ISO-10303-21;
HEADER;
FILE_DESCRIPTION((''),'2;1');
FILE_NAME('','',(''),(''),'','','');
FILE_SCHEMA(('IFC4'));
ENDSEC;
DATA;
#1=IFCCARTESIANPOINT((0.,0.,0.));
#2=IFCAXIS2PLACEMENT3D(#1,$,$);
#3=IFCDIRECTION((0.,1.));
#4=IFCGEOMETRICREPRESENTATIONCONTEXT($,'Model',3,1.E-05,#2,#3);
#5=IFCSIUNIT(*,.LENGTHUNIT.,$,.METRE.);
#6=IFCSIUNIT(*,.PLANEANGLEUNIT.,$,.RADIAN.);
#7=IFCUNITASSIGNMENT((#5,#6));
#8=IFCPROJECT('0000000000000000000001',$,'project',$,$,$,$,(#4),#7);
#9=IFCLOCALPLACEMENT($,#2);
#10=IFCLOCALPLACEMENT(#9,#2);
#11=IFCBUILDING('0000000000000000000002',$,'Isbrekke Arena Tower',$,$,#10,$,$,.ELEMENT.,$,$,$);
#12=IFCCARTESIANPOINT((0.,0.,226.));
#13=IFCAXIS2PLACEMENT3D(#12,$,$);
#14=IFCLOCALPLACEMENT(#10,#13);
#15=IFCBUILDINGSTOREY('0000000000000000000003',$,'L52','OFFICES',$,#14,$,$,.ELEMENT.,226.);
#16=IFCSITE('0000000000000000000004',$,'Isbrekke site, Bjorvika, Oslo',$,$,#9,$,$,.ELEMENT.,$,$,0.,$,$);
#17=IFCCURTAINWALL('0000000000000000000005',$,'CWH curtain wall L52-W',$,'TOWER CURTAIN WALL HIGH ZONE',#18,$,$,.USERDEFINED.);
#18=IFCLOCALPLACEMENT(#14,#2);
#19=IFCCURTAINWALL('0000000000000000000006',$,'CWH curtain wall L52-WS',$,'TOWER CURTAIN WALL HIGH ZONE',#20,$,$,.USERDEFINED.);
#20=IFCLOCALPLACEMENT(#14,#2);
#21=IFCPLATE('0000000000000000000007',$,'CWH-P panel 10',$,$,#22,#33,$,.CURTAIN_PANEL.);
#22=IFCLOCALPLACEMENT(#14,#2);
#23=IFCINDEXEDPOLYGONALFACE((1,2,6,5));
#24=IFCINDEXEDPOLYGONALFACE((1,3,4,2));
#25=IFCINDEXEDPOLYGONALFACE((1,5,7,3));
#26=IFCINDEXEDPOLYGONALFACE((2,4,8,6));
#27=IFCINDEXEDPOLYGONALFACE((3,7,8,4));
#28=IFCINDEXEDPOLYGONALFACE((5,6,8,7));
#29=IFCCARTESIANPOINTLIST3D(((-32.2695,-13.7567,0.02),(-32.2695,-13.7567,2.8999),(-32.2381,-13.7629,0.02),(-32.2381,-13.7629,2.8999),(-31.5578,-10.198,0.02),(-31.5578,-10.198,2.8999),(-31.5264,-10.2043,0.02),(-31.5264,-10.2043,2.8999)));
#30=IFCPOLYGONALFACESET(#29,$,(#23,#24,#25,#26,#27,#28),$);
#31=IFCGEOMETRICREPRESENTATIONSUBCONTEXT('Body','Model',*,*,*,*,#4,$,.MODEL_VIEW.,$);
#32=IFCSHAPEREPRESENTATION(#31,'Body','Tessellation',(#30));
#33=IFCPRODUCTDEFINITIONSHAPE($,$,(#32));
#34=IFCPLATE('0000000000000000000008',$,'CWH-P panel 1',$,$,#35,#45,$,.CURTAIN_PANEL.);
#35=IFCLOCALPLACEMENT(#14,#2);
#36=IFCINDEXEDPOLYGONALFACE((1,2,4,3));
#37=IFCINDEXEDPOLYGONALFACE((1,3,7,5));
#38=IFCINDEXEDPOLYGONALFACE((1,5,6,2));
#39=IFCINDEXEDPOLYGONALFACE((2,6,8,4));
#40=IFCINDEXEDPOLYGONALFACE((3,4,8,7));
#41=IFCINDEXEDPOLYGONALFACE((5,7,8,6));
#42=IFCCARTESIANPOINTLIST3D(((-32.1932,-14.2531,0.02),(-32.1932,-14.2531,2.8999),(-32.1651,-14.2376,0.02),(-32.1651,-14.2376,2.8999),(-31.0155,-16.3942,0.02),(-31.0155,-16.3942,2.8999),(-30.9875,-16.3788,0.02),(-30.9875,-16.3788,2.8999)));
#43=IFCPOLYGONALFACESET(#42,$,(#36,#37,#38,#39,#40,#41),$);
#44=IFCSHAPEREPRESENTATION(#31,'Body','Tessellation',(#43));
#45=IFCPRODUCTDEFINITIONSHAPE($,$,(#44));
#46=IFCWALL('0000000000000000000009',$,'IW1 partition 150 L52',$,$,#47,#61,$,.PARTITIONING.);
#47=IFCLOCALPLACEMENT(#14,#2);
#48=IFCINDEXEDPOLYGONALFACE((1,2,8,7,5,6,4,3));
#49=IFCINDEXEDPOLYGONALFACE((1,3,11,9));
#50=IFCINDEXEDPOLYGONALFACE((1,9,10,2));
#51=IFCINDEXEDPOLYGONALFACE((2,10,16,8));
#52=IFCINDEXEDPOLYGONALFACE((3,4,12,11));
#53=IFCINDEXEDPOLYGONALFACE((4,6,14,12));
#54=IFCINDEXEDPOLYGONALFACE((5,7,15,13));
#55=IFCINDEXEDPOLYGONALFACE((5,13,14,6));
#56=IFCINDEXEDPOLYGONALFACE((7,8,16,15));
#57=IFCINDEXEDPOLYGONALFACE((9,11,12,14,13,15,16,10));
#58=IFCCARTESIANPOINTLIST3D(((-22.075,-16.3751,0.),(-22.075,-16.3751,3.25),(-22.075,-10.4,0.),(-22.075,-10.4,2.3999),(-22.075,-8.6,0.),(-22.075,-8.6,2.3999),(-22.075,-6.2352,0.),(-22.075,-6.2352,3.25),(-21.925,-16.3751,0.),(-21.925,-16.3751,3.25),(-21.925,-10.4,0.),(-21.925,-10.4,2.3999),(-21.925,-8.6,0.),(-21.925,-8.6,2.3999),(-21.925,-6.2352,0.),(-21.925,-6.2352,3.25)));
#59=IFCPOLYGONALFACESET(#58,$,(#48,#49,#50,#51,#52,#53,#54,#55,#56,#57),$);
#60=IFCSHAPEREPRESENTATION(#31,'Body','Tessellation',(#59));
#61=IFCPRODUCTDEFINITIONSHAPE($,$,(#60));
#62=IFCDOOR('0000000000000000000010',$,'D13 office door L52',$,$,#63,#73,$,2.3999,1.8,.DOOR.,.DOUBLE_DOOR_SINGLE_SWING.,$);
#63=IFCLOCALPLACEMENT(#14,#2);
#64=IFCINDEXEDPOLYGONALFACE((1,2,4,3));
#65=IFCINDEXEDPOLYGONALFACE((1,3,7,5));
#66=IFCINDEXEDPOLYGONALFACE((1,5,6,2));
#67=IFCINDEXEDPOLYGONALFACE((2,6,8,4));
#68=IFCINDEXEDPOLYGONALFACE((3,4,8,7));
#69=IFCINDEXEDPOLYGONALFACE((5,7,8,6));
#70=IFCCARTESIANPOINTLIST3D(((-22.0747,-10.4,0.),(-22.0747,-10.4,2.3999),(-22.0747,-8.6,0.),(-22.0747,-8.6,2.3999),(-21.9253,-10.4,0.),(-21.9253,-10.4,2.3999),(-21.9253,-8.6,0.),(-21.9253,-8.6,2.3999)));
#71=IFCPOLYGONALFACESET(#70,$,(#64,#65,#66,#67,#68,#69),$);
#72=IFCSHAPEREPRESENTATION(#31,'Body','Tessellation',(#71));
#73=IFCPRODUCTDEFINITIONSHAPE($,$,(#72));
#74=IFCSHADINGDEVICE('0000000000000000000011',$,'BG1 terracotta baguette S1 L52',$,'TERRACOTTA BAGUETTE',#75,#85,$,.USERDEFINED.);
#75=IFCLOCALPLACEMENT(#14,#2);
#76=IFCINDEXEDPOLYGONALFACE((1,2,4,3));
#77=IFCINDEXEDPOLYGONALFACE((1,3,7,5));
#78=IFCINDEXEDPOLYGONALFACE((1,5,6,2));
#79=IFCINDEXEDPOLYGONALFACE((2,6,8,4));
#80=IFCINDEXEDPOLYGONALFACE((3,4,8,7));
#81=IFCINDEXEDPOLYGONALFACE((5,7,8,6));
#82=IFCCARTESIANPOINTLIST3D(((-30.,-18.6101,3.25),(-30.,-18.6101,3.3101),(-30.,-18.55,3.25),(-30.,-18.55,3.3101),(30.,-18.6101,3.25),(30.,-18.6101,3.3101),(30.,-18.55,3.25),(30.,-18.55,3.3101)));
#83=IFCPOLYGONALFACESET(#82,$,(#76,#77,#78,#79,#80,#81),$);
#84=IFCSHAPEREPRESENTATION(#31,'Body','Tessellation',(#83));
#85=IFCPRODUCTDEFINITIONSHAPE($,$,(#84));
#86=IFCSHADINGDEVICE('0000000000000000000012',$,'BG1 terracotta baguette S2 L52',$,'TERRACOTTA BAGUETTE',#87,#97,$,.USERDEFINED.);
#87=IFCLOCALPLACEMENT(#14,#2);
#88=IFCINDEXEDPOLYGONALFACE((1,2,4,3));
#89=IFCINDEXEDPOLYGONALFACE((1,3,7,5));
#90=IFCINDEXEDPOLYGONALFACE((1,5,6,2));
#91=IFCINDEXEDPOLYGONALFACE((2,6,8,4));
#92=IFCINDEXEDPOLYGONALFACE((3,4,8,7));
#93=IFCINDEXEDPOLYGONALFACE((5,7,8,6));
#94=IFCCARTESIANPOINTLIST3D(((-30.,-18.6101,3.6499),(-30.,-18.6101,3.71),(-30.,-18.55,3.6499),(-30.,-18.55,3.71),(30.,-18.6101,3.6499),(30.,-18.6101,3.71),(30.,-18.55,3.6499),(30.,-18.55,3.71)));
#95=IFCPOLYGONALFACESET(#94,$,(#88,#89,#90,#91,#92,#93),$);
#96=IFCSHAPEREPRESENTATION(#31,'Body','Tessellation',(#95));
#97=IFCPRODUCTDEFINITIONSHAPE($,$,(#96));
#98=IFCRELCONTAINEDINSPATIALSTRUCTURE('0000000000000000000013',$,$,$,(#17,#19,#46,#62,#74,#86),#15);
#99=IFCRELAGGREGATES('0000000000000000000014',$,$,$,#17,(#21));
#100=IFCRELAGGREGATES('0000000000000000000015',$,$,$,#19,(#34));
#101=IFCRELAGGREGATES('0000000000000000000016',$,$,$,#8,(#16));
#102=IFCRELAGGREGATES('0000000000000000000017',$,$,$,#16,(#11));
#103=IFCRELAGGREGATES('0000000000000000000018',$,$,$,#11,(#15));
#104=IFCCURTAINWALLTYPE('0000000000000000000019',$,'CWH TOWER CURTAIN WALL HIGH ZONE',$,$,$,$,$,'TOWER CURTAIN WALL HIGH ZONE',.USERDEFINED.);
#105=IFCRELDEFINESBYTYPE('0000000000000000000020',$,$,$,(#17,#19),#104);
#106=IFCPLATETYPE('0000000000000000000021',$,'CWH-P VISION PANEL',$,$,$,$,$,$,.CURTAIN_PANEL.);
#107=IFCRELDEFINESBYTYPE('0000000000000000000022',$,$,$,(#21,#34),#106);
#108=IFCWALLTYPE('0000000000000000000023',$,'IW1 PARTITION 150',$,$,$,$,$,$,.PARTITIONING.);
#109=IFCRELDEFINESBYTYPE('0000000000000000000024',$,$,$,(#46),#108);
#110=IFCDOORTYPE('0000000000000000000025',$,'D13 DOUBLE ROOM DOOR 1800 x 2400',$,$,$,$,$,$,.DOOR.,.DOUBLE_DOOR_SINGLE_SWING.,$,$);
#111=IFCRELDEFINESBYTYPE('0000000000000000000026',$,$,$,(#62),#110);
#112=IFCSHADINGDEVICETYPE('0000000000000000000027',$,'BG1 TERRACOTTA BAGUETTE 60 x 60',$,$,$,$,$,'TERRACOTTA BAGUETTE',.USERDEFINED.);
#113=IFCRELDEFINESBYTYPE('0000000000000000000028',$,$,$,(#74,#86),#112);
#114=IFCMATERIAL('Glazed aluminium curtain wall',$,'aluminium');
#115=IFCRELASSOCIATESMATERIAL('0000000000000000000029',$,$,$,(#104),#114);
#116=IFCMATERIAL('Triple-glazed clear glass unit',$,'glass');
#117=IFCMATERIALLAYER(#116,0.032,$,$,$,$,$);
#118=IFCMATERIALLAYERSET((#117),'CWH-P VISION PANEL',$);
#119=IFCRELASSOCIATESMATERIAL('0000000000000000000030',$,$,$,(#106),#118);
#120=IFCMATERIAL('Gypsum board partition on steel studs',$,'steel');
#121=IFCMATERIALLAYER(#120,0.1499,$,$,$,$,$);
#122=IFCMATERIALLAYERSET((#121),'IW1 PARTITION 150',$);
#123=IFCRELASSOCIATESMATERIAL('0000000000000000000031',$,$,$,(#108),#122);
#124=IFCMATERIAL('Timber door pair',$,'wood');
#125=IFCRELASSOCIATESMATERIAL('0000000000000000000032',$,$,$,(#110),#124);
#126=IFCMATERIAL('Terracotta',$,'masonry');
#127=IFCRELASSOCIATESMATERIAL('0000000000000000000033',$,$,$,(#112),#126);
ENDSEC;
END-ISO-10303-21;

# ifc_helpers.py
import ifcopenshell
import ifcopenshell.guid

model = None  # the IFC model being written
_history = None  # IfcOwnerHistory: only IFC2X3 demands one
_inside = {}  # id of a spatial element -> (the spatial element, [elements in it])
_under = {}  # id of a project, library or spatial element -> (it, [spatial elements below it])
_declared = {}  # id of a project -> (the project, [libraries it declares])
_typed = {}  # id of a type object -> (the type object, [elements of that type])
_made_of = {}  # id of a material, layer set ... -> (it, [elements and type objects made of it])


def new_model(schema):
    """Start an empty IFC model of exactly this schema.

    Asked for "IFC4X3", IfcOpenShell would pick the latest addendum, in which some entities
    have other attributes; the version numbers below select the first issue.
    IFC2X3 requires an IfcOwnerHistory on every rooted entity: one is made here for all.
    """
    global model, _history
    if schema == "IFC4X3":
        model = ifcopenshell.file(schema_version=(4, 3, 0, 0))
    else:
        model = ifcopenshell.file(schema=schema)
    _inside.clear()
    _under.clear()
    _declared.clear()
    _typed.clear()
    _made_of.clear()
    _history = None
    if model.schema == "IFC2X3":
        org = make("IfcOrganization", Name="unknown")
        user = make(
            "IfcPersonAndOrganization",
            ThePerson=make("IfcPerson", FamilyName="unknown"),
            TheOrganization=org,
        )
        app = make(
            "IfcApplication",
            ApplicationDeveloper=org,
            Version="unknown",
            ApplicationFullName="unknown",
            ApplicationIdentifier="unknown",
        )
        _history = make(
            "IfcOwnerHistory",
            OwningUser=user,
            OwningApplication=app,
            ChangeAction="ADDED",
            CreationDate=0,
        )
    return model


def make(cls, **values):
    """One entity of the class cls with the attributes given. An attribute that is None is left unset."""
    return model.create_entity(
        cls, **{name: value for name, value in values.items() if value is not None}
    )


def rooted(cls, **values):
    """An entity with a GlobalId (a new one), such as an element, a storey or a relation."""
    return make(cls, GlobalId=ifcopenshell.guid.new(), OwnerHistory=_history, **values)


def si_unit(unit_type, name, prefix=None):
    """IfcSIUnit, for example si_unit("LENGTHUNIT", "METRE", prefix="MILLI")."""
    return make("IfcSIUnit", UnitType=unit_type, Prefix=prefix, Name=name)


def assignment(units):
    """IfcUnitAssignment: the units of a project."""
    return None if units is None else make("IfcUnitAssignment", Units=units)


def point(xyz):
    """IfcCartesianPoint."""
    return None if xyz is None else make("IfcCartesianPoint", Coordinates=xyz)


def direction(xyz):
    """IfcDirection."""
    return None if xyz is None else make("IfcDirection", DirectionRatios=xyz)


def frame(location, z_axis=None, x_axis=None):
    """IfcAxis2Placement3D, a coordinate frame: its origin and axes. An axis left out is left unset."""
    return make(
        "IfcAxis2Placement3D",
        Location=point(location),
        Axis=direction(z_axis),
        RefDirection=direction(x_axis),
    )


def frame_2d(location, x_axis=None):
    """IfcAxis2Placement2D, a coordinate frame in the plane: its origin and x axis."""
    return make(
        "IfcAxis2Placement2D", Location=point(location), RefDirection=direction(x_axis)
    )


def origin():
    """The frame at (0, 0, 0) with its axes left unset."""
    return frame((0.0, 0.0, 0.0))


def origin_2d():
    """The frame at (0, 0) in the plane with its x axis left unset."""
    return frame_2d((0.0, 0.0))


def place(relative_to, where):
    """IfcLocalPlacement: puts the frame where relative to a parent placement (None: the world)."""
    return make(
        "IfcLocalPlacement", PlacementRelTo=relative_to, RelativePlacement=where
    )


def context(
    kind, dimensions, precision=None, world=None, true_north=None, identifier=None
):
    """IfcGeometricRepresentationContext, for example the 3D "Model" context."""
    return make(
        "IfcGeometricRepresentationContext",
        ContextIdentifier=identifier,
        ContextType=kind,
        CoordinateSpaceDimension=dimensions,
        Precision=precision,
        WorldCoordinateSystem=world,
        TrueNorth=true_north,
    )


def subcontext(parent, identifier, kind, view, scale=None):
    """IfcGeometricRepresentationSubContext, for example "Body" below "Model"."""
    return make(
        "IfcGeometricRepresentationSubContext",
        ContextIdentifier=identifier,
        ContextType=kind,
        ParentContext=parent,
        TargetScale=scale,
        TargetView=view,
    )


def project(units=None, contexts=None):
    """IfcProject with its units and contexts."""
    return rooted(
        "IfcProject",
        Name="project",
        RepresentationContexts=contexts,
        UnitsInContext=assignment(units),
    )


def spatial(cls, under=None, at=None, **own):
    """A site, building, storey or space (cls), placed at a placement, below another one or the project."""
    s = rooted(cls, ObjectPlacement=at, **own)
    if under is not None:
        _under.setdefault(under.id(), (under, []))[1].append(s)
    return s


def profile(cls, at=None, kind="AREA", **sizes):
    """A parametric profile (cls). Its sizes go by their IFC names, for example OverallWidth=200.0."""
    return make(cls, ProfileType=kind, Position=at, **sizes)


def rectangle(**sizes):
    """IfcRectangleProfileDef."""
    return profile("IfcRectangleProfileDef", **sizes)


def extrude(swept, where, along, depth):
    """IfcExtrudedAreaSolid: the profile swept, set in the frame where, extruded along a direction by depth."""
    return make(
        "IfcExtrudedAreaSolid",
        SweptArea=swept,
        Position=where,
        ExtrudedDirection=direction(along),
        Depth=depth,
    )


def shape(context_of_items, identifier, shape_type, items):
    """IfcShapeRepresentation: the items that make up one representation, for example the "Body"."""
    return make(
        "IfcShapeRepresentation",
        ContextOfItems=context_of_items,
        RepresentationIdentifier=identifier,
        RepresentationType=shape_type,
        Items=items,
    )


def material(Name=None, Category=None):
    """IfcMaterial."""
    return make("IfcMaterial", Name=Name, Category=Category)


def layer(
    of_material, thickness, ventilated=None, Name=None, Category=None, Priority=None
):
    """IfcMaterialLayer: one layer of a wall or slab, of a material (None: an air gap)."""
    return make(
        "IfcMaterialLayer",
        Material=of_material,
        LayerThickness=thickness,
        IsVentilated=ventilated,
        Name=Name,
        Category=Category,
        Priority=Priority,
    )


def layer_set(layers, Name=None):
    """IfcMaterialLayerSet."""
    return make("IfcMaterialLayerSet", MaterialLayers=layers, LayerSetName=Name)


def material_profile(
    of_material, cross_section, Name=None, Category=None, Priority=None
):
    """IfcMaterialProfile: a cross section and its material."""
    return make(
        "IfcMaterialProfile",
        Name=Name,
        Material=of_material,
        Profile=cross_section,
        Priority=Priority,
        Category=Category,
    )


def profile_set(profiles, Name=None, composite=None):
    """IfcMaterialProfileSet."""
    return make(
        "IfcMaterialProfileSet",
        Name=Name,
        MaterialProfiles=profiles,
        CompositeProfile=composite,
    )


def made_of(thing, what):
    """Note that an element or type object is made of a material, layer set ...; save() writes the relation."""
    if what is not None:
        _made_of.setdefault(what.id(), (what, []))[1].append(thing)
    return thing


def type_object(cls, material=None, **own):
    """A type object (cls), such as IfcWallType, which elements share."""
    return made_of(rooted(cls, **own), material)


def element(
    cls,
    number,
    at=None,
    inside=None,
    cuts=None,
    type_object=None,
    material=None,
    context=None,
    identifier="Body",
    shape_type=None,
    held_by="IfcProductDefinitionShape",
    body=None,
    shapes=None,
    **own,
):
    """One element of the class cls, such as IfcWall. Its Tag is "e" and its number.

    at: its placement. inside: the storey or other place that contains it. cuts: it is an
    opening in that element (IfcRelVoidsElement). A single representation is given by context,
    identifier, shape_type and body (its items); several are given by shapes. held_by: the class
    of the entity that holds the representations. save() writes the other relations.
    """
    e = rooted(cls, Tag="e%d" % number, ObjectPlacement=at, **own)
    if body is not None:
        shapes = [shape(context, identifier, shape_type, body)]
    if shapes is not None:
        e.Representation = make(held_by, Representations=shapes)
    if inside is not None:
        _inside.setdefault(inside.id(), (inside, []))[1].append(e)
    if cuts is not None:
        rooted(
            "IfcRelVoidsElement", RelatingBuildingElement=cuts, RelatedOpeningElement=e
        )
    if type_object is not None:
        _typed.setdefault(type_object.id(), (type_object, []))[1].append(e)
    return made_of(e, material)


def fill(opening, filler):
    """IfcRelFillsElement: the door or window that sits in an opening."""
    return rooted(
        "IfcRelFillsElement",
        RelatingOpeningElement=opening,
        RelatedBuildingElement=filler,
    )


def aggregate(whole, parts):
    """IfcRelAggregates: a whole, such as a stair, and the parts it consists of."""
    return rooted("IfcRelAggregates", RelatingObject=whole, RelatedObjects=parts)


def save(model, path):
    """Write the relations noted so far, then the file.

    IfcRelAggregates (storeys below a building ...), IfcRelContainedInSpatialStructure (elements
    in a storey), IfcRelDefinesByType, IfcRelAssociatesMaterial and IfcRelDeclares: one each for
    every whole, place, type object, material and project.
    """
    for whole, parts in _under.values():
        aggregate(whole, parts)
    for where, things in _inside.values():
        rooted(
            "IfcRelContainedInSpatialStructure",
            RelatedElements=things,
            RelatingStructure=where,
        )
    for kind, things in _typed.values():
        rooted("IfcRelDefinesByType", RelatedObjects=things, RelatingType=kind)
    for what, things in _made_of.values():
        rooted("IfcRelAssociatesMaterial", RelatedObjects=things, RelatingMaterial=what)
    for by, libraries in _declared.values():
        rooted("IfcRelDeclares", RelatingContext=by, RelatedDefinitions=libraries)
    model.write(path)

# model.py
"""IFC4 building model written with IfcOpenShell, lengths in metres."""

from ifc_helpers import new_model, si_unit, direction, frame, frame_2d, origin, origin_2d, place, context, subcontext, project, spatial, rectangle, extrude, material, layer, layer_set, material_profile, profile_set, type_object, element, fill, aggregate, save


model = new_model("IFC4")

# Units and contexts
model_context = context("Model", 3, precision=1e-05, world=origin(), true_north=direction((0.0, 1.0)))
body_context = subcontext(model_context, "Body", "Model", "MODEL_VIEW")
ifc_project = project(units=[si_unit("LENGTHUNIT", "METRE"), si_unit("PLANEANGLEUNIT", "RADIAN")], contexts=[model_context])

# Site, building, storey
site_placement = place(None, origin())
site = spatial("IfcSite", under=ifc_project, at=site_placement, Name="Isbrekke site, Bjorvika, Oslo", CompositionType="ELEMENT", RefElevation=0.0)
building_placement = place(site_placement, origin())
building = spatial("IfcBuilding", under=site, at=building_placement, Name="Isbrekke Arena Tower", CompositionType="ELEMENT")
storey_placement = place(building_placement, frame((0.0, 0.0, 226.0)))
storey = spatial("IfcBuildingStorey", under=building, at=storey_placement, Name="L52", Description="OFFICES", CompositionType="ELEMENT", Elevation=226.0)

# Shared definitions
ifc_material_1 = material(Name="Glazed aluminium curtain wall", Category="aluminium")
curtain_wall_type = type_object("IfcCurtainWallType", Name="CWH TOWER CURTAIN WALL HIGH ZONE", ElementType="TOWER CURTAIN WALL HIGH ZONE", PredefinedType="USERDEFINED", material=ifc_material_1)

# Curtain walls
curtain_wall_1_placement = place(storey_placement, origin())
curtain_wall_1 = element("IfcCurtainWall", 1, at=curtain_wall_1_placement, inside=storey, type_object=curtain_wall_type, Name="CWH curtain wall L52-W", ObjectType="TOWER CURTAIN WALL HIGH ZONE", PredefinedType="USERDEFINED")
curtain_wall_2_placement = place(storey_placement, origin())
curtain_wall_2 = element("IfcCurtainWall", 2, at=curtain_wall_2_placement, inside=storey, type_object=curtain_wall_type, Name="CWH curtain wall L52-WS", ObjectType="TOWER CURTAIN WALL HIGH ZONE", PredefinedType="USERDEFINED")

# Plates
ifc_material_2 = material(Name="Triple-glazed clear glass unit", Category="glass")
ifc_layer_1 = layer(ifc_material_2, 0.032)
ifc_layer_set_1 = layer_set([ifc_layer_1], Name="CWH-P VISION PANEL")
plate_type = type_object("IfcPlateType", Name="CWH-P VISION PANEL", PredefinedType="CURTAIN_PANEL", material=ifc_layer_set_1)
plate_1_placement = place(storey_placement, frame((-31.8979, -11.9805, 0.02), z_axis=(0.0, 0.0, 1.0), x_axis=(-0.196116, -0.980581, 0.0)))
plate_1 = element("IfcPlate", 3, at=plate_1_placement, type_object=plate_type, Name="CWH-P panel 10", PredefinedType="CURTAIN_PANEL", context=body_context, shape_type="SweptSolid", body=[
    extrude(rectangle(XDim=3.6292, YDim=0.032, at=origin_2d()), origin(), (0.0, 0.0, 1.0), 2.8799),
])
aggregate(curtain_wall_1, [plate_1])
plate_2_placement = place(storey_placement, frame((-31.5903, -15.3159, 0.02), z_axis=(0.0, 0.0, 1.0), x_axis=(0.481919, -0.876216, 0.0)))
plate_2 = element("IfcPlate", 4, at=plate_2_placement, type_object=plate_type, Name="CWH-P panel 1", PredefinedType="CURTAIN_PANEL", context=body_context, shape_type="SweptSolid", body=[
    extrude(rectangle(XDim=2.4436, YDim=0.032, at=origin_2d()), origin(), (0.0, 0.0, 1.0), 2.8799),
])
aggregate(curtain_wall_2, [plate_2])

# Wall, opening, door
ifc_material_3 = material(Name="Gypsum board partition on steel studs", Category="steel")
ifc_layer_2 = layer(ifc_material_3, 0.1499)
ifc_layer_set_2 = layer_set([ifc_layer_2], Name="IW1 PARTITION 150")
wall_type = type_object("IfcWallType", Name="IW1 PARTITION 150", PredefinedType="PARTITIONING", material=ifc_layer_set_2)
wall_placement = place(storey_placement, frame((-22.0, -16.375, 0.0), z_axis=(0.0, 0.0, 1.0), x_axis=(0.0, 1.0, 0.0)))
wall = element("IfcWall", 5, at=wall_placement, inside=storey, type_object=wall_type, Name="IW1 partition 150 L52", PredefinedType="PARTITIONING", context=body_context, shape_type="SweptSolid", body=[
    extrude(rectangle(XDim=10.1399, YDim=0.1499, at=frame_2d((5.0698, 0.0))), origin(), (0.0, 0.0, 1.0), 3.25),
])
opening_placement = place(wall_placement, frame((5.9751, 0.0, 0.0)))
opening = element("IfcOpeningElement", 6, at=opening_placement, cuts=wall, PredefinedType="OPENING", context=body_context, shape_type="SweptSolid", body=[
    extrude(rectangle(XDim=1.8, YDim=2.3999, at=frame_2d((0.8999, 1.2))), frame((0.0, 0.0898, 0.0), z_axis=(0.0, -1.0, 0.0), x_axis=(1.0, 0.0, 0.0)), (0.0, 0.0, 1.0), 0.1797),
])
ifc_material_4 = material(Name="Timber door pair", Category="wood")
door_type = type_object("IfcDoorType", Name="D13 DOUBLE ROOM DOOR 1800 x 2400", OperationType="DOUBLE_DOOR_SINGLE_SWING", PredefinedType="DOOR", material=ifc_material_4)
door_placement = place(opening_placement, origin())
door = element("IfcDoor", 7, at=door_placement, inside=storey, type_object=door_type, Name="D13 office door L52", OperationType="DOUBLE_DOOR_SINGLE_SWING", OverallHeight=2.3999, OverallWidth=1.8, PredefinedType="DOOR", context=body_context, shape_type="SweptSolid", body=[
    extrude(rectangle(XDim=1.8, YDim=2.3999, at=frame_2d((0.8999, 1.2))), frame((0.0, 0.0747, 0.0), z_axis=(0.0, -1.0, 0.0), x_axis=(1.0, 0.0, 0.0)), (0.0, 0.0, 1.0), 0.1494),
])
fill(opening, door)

# Shading devices
ifc_material_5 = material(Name="Terracotta", Category="masonry")
ifc_material_profile_1 = material_profile(ifc_material_5, rectangle(XDim=0.0601, YDim=0.0601, at=origin_2d()), Name="BAGUETTE 60X60")
ifc_profile_set_1 = profile_set([ifc_material_profile_1], Name="Terracotta")
shading_device_type = type_object("IfcShadingDeviceType", Name="BG1 TERRACOTTA BAGUETTE 60 x 60", ElementType="TERRACOTTA BAGUETTE", PredefinedType="USERDEFINED", material=ifc_profile_set_1)
for number, where, z_axis, x_axis, name in (
    (8, (-30.0, -18.5801, 3.28), (1.0, 0.0, 0.0), (0.0, 1.0, 0.0), "BG1 terracotta baguette S1 L52"),
    (9, (-30.0, -18.5801, 3.6799), (1.0, 0.0, 0.0), (0.0, 1.0, 0.0), "BG1 terracotta baguette S2 L52"),
):
    element("IfcShadingDevice", number, at=place(storey_placement, frame(where, z_axis=z_axis, x_axis=x_axis)), inside=storey, type_object=shading_device_type, Name=name, ObjectType="TERRACOTTA BAGUETTE", PredefinedType="USERDEFINED", context=body_context, shape_type="SweptSolid", body=[
        extrude(rectangle(XDim=0.0601, YDim=0.0601, at=origin_2d()), origin(), (0.0, 0.0, 1.0), 60.0),
    ])

save(model, "model.ifc")
